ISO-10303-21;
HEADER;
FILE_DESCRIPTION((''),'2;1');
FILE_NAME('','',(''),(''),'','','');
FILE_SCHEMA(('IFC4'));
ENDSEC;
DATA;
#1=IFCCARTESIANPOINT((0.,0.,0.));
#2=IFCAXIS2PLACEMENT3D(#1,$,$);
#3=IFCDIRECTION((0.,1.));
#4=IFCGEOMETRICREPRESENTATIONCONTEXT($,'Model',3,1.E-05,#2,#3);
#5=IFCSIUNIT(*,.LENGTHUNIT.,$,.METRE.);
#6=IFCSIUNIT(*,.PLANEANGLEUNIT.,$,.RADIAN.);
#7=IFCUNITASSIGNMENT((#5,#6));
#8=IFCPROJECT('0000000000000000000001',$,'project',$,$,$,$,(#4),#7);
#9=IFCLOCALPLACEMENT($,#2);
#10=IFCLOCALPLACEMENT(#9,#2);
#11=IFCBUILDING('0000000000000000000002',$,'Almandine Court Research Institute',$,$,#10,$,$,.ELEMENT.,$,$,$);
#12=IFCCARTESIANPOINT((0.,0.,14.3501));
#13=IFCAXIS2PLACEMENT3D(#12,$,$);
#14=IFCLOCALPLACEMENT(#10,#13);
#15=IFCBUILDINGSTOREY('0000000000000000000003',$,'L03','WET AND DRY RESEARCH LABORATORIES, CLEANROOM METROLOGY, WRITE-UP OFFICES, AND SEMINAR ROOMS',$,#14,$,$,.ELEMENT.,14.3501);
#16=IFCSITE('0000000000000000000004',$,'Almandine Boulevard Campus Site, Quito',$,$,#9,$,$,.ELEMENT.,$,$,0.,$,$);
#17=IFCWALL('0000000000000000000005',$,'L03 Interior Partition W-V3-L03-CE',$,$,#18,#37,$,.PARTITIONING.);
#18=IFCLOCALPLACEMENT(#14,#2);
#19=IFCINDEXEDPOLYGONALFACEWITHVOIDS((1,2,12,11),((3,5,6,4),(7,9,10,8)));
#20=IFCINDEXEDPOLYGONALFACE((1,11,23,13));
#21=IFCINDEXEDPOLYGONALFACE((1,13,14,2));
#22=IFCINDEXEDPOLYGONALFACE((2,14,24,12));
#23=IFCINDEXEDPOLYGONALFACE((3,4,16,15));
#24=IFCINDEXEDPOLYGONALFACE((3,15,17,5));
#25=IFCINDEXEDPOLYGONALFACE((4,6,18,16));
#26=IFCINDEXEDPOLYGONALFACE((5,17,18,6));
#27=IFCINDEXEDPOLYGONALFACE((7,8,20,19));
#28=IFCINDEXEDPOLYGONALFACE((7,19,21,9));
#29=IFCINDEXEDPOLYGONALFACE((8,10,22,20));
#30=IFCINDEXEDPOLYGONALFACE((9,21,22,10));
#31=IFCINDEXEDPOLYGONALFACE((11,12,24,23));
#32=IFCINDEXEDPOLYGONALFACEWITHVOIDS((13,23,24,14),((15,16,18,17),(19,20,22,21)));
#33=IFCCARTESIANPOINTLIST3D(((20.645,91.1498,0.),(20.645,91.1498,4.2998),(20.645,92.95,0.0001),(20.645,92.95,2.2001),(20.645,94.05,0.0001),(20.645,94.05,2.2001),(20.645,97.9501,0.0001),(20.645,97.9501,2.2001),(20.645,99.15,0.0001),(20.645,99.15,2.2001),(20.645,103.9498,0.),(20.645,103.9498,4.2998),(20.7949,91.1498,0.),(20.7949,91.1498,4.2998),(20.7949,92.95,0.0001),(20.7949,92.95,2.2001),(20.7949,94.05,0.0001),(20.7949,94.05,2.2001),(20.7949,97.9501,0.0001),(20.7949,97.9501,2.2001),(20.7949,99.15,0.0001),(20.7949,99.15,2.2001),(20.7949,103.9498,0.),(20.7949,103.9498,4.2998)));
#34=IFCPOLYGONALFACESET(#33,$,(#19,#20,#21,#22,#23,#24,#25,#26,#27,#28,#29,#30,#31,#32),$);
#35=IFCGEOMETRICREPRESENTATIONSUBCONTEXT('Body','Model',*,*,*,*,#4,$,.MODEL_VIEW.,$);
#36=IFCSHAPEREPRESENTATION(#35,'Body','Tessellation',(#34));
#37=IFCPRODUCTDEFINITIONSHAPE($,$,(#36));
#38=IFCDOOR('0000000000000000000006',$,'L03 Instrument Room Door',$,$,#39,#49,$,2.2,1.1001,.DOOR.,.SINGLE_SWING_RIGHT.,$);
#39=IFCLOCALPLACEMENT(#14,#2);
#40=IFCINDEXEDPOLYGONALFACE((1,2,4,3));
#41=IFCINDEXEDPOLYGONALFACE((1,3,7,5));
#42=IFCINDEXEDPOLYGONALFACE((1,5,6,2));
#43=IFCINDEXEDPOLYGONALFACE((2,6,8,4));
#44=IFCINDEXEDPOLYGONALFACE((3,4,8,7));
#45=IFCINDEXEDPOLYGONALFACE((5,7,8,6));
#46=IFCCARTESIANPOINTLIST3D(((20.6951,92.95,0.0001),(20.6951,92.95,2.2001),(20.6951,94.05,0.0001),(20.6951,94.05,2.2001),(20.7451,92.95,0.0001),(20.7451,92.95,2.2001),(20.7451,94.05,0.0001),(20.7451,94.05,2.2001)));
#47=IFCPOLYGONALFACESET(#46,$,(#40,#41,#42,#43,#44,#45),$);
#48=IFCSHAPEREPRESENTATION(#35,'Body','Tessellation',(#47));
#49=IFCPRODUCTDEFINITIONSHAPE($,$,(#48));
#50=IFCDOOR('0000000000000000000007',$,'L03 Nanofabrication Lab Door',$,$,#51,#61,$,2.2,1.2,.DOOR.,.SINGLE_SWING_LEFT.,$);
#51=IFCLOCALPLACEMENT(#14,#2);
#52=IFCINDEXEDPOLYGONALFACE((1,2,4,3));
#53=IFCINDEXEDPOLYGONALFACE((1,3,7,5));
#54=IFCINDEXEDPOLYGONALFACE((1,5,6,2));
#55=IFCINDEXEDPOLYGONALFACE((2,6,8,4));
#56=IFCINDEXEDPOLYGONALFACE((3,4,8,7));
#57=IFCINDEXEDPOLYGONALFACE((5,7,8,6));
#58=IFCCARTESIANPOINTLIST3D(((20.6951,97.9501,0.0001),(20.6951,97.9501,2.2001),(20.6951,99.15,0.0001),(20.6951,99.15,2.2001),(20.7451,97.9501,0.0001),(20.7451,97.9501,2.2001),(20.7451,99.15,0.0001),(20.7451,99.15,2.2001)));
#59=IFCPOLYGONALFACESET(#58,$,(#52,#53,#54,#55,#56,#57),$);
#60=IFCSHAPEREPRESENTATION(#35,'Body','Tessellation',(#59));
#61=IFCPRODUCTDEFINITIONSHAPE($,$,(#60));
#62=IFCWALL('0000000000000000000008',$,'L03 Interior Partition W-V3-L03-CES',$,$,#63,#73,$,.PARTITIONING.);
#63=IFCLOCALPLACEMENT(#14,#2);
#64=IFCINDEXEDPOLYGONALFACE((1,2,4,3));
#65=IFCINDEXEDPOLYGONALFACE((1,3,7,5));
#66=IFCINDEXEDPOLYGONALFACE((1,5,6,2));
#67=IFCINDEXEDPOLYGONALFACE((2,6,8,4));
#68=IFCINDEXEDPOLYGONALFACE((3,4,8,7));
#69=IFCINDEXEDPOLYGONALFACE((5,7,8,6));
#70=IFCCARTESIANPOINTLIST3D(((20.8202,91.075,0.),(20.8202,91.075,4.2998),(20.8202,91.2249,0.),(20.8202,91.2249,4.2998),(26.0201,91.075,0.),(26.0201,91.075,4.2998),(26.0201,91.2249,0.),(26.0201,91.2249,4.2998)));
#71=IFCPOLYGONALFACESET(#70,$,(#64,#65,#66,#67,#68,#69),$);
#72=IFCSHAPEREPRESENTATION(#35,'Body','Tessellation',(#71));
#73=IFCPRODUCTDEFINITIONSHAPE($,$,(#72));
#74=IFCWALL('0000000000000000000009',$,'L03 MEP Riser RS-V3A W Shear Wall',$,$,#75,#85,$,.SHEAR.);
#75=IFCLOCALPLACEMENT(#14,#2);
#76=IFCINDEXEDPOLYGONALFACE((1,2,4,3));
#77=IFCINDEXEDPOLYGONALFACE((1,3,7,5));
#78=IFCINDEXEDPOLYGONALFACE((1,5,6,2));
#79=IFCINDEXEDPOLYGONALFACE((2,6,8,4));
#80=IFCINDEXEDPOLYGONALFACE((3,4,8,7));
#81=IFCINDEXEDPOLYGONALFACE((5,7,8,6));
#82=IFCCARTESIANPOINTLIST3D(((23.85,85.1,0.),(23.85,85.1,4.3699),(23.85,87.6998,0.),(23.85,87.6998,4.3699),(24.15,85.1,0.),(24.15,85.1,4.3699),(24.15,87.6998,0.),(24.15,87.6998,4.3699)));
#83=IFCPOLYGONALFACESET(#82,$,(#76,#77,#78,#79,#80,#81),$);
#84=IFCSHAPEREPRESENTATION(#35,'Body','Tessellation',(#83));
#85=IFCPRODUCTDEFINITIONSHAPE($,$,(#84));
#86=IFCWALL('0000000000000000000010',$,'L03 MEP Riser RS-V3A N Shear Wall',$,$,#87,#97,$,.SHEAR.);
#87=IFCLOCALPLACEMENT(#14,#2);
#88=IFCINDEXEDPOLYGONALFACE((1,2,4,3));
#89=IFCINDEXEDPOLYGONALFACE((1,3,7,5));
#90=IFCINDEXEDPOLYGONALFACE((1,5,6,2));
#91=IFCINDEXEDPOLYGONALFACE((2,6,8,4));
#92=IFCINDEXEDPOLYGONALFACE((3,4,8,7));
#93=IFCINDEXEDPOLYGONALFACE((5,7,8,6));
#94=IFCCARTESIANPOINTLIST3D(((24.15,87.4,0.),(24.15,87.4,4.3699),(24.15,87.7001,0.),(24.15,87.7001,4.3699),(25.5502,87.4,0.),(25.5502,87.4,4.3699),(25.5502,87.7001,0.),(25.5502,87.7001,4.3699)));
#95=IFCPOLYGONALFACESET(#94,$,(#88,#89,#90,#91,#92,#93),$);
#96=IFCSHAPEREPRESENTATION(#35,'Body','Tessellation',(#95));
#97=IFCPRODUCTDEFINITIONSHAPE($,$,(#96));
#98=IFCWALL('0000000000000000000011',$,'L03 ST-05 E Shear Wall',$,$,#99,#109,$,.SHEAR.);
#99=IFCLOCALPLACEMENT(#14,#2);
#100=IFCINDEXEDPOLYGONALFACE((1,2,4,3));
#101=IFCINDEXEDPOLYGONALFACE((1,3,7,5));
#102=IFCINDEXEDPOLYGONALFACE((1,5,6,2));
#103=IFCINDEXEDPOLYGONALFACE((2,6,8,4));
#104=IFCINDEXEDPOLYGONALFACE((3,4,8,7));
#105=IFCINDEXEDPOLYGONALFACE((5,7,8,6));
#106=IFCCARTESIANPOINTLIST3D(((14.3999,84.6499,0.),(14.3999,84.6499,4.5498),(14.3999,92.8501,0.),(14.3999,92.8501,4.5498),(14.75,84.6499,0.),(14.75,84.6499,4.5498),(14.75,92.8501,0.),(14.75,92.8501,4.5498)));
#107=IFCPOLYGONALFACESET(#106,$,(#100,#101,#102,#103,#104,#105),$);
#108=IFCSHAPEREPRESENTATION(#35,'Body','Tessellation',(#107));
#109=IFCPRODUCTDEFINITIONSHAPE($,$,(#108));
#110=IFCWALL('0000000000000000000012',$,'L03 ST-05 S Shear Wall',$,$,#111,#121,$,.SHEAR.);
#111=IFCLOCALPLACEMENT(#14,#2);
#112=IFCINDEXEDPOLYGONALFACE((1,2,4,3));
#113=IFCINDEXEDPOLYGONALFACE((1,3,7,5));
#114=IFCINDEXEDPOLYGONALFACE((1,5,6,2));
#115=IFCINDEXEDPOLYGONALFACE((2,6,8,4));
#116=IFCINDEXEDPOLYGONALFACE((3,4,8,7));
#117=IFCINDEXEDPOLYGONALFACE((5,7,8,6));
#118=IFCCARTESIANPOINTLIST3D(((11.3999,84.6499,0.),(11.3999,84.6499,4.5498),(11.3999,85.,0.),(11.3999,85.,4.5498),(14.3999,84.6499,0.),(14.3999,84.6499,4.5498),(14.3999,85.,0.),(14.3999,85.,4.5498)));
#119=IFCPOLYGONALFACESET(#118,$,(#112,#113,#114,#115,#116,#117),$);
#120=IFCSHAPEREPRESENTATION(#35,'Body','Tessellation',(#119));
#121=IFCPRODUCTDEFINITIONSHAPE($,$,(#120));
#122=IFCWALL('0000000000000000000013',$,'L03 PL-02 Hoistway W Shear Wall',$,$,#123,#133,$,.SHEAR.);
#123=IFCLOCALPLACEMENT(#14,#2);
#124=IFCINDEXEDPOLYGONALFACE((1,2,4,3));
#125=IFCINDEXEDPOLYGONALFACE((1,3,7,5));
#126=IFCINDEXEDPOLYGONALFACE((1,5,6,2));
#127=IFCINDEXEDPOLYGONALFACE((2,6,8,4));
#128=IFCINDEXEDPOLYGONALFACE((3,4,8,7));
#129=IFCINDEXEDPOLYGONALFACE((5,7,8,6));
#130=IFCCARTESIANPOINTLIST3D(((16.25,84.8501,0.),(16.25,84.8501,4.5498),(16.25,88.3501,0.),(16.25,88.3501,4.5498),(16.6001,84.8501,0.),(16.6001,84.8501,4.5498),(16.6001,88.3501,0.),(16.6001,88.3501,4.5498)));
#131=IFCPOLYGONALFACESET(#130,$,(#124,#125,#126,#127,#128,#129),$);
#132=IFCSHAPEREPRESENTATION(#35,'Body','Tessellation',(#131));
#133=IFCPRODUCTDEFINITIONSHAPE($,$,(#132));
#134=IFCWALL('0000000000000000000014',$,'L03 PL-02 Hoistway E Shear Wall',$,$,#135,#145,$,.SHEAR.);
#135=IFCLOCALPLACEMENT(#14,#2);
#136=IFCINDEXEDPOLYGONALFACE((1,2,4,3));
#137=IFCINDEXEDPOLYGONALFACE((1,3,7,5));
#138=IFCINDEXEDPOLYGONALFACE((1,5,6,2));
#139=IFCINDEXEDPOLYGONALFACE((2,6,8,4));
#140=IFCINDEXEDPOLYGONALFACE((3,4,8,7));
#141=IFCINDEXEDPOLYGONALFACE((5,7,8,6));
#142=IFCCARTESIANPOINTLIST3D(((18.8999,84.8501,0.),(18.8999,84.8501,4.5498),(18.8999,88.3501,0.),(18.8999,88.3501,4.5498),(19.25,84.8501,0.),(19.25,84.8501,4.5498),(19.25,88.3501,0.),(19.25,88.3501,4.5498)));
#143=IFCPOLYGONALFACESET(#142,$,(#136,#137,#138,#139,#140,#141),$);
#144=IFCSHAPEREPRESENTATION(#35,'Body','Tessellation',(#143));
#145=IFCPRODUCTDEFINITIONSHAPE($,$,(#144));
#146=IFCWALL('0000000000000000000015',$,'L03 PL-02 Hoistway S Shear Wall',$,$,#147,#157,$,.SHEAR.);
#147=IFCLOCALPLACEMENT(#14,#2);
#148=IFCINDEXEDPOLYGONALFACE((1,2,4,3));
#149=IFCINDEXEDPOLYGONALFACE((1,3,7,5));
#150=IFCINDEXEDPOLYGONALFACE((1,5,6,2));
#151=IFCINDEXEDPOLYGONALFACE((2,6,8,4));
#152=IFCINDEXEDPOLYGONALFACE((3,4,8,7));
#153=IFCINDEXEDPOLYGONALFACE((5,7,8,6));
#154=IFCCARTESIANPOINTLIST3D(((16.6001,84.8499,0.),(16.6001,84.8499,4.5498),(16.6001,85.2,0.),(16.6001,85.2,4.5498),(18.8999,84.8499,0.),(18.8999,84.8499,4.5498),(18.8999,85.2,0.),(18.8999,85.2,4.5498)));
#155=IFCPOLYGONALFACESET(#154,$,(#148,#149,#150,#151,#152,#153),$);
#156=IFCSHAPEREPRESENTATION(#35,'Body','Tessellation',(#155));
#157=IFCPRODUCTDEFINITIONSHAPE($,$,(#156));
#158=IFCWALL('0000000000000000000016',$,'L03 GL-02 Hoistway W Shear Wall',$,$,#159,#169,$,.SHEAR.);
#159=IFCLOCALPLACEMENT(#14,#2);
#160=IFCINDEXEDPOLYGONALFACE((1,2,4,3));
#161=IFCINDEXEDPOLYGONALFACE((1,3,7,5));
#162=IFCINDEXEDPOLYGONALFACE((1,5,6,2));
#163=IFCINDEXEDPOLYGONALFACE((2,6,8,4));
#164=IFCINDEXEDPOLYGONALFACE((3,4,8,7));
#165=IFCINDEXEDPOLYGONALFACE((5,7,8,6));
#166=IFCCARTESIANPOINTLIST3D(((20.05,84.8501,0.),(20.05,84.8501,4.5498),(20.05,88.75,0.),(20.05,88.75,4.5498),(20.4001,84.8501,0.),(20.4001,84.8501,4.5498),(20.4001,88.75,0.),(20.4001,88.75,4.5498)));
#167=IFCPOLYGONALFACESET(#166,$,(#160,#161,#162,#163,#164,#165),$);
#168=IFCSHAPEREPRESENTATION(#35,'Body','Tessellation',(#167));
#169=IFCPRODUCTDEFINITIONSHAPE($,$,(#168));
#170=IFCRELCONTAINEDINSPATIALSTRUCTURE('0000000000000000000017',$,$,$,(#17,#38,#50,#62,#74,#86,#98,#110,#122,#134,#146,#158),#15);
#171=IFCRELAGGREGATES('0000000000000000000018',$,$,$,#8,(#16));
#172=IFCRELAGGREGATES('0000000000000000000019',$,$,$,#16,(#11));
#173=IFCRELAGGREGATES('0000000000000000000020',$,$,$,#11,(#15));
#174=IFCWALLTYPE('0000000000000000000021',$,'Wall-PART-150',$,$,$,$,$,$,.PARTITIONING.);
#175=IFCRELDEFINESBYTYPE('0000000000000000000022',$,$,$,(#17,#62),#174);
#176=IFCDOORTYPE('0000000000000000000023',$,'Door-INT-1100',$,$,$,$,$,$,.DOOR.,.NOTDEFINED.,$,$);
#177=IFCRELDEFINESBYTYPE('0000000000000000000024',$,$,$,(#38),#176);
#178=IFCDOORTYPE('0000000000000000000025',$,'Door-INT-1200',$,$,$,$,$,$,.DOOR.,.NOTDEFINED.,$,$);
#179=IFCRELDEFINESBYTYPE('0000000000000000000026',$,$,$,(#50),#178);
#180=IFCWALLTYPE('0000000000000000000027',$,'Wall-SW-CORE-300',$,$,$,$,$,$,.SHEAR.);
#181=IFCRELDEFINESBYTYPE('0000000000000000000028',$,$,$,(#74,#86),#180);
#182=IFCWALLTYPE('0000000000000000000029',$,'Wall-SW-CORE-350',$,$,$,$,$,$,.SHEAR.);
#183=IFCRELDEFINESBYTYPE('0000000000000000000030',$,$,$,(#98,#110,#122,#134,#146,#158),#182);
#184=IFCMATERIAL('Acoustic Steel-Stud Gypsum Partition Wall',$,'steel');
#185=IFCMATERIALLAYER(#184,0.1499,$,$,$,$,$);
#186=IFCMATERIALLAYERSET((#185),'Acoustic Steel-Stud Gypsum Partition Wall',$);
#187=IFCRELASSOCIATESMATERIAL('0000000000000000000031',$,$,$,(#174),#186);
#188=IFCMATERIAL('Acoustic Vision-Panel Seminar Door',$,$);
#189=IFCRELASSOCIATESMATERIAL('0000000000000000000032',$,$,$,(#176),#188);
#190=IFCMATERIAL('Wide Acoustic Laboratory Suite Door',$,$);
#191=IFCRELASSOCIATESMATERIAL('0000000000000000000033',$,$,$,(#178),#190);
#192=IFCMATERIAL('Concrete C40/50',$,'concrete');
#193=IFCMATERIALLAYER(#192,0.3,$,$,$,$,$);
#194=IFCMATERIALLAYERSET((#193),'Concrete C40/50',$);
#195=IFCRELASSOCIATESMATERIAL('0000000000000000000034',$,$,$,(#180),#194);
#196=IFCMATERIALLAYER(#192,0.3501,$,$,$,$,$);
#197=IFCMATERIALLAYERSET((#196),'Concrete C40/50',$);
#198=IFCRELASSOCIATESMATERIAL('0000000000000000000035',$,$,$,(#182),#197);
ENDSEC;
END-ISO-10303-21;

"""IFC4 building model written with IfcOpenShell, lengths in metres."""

from ifc_helpers import new_model, si_unit, direction, frame, frame_2d, origin, place, context, subcontext, project, spatial, rectangle, extrude, material, layer, layer_set, type_object, element, fill, save


model = new_model("IFC4")

# Units and contexts
model_context = context("Model", 3, precision=1e-05, world=origin(), true_north=direction((0.0, 1.0)))
body_context = subcontext(model_context, "Body", "Model", "MODEL_VIEW")
ifc_project = project(units=[si_unit("LENGTHUNIT", "METRE"), si_unit("PLANEANGLEUNIT", "RADIAN")], contexts=[model_context])

# Site, building, storey
site_placement = place(None, origin())
site = spatial("IfcSite", under=ifc_project, at=site_placement, Name="Almandine Boulevard Campus Site, Quito", CompositionType="ELEMENT", RefElevation=0.0)
building_placement = place(site_placement, origin())
building = spatial("IfcBuilding", under=site, at=building_placement, Name="Almandine Court Research Institute", CompositionType="ELEMENT")
storey_placement = place(building_placement, frame((0.0, 0.0, 14.3501)))
storey = spatial("IfcBuildingStorey", under=building, at=storey_placement, Name="L03", Description="WET AND DRY RESEARCH LABORATORIES, CLEANROOM METROLOGY, WRITE-UP OFFICES, AND SEMINAR ROOMS", CompositionType="ELEMENT", Elevation=14.3501)

# Wall, openings, doors
ifc_material_1 = material(Name="Acoustic Steel-Stud Gypsum Partition Wall", Category="steel")
ifc_layer_1 = layer(ifc_material_1, 0.1499)
ifc_layer_set_1 = layer_set([ifc_layer_1], Name="Acoustic Steel-Stud Gypsum Partition Wall")
wall_type_1 = type_object("IfcWallType", Name="Wall-PART-150", PredefinedType="PARTITIONING", material=ifc_layer_set_1)
wall_1_placement = place(storey_placement, frame((20.72, 91.1499, 0.0), z_axis=(0.0, 0.0, 1.0), x_axis=(0.0, 1.0, 0.0)))
wall_1 = element("IfcWall", 1, at=wall_1_placement, inside=storey, type_object=wall_type_1, Name="L03 Interior Partition W-V3-L03-CE", PredefinedType="PARTITIONING", context=body_context, shape_type="SweptSolid", body=[
    extrude(rectangle(XDim=12.8, YDim=0.1499, at=frame_2d((6.3999, 0.0))), origin(), (0.0, 0.0, 1.0), 4.2998),
])
opening_1_placement = place(wall_1_placement, frame((1.8, 0.0, 0.0)))
opening_1 = element("IfcOpeningElement", 2, at=opening_1_placement, cuts=wall_1, PredefinedType="OPENING", context=body_context, shape_type="SweptSolid", body=[
    extrude(rectangle(XDim=1.1001, YDim=2.2, at=frame_2d((0.55, 1.1001))), frame((0.0, 0.085, 0.0), z_axis=(0.0, -1.0, 0.0), x_axis=(1.0, 0.0, 0.0)), (0.0, 0.0, 1.0), 0.1699),
])
opening_2_placement = place(wall_1_placement, frame((6.8, 0.0, 0.0)))
opening_2 = element("IfcOpeningElement", 3, at=opening_2_placement, cuts=wall_1, PredefinedType="OPENING", context=body_context, shape_type="SweptSolid", body=[
    extrude(rectangle(XDim=1.2, YDim=2.2, at=frame_2d((0.6001, 1.1001))), frame((0.0, 0.085, 0.0), z_axis=(0.0, -1.0, 0.0), x_axis=(1.0, 0.0, 0.0)), (0.0, 0.0, 1.0), 0.1699),
])
ifc_material_2 = material(Name="Acoustic Vision-Panel Seminar Door")
door_type_1 = type_object("IfcDoorType", Name="Door-INT-1100", OperationType="NOTDEFINED", PredefinedType="DOOR", material=ifc_material_2)
door_1_placement = place(opening_1_placement, origin())
door_1 = element("IfcDoor", 4, at=door_1_placement, inside=storey, type_object=door_type_1, Name="L03 Instrument Room Door", OperationType="SINGLE_SWING_RIGHT", OverallHeight=2.2, OverallWidth=1.1001, PredefinedType="DOOR", context=body_context, shape_type="SweptSolid", body=[
    extrude(rectangle(XDim=1.1001, YDim=2.2, at=frame_2d((0.55, 1.1001))), frame((0.0, 0.0249, 0.0), z_axis=(0.0, -1.0, 0.0), x_axis=(1.0, 0.0, 0.0)), (0.0, 0.0, 1.0), 0.05),
])
fill(opening_1, door_1)
ifc_material_3 = material(Name="Wide Acoustic Laboratory Suite Door")
door_type_2 = type_object("IfcDoorType", Name="Door-INT-1200", OperationType="NOTDEFINED", PredefinedType="DOOR", material=ifc_material_3)
door_2_placement = place(opening_2_placement, origin())
door_2 = element("IfcDoor", 5, at=door_2_placement, inside=storey, type_object=door_type_2, Name="L03 Nanofabrication Lab Door", OperationType="SINGLE_SWING_LEFT", OverallHeight=2.2, OverallWidth=1.2, PredefinedType="DOOR", context=body_context, shape_type="SweptSolid", body=[
    extrude(rectangle(XDim=1.2, YDim=2.2, at=frame_2d((0.6001, 1.1001))), frame((0.0, 0.0249, 0.0), z_axis=(0.0, -1.0, 0.0), x_axis=(1.0, 0.0, 0.0)), (0.0, 0.0, 1.0), 0.05),
])
fill(opening_2, door_2)

# Walls
wall_2_placement = place(storey_placement, frame((20.8201, 91.1499, 0.0), z_axis=(0.0, 0.0, 1.0), x_axis=(1.0, 0.0, 0.0)))
element("IfcWall", 6, at=wall_2_placement, inside=storey, type_object=wall_type_1, Name="L03 Interior Partition W-V3-L03-CES", PredefinedType="PARTITIONING", context=body_context, shape_type="SweptSolid", body=[
    extrude(rectangle(XDim=5.2, YDim=0.1499, at=frame_2d((2.6001, 0.0))), origin(), (0.0, 0.0, 1.0), 4.2998),
])
ifc_material_4 = material(Name="Concrete C40/50", Category="concrete")
ifc_layer_2 = layer(ifc_material_4, 0.3)
ifc_layer_set_2 = layer_set([ifc_layer_2], Name="Concrete C40/50")
wall_type_2 = type_object("IfcWallType", Name="Wall-SW-CORE-300", PredefinedType="SHEAR", material=ifc_layer_set_2)
wall_3_placement = place(storey_placement, frame((24.0, 85.1001, 0.0), z_axis=(0.0, 0.0, 1.0), x_axis=(0.0, 1.0, 0.0)))
element("IfcWall", 7, at=wall_3_placement, inside=storey, type_object=wall_type_2, Name="L03 MEP Riser RS-V3A W Shear Wall", PredefinedType="SHEAR", context=body_context, shape_type="SweptSolid", body=[
    extrude(rectangle(XDim=2.5999, YDim=0.3, at=frame_2d((1.2998, 0.0))), origin(), (0.0, 0.0, 1.0), 4.3699),
])
wall_4_placement = place(storey_placement, frame((24.1499, 87.55, 0.0), z_axis=(0.0, 0.0, 1.0), x_axis=(1.0, 0.0, 0.0)))
element("IfcWall", 8, at=wall_4_placement, inside=storey, type_object=wall_type_2, Name="L03 MEP Riser RS-V3A N Shear Wall", PredefinedType="SHEAR", context=body_context, shape_type="SweptSolid", body=[
    extrude(rectangle(XDim=1.4001, YDim=0.3, at=frame_2d((0.7002, 0.0))), origin(), (0.0, 0.0, 1.0), 4.3699),
])
ifc_layer_3 = layer(ifc_material_4, 0.3501)
ifc_layer_set_3 = layer_set([ifc_layer_3], Name="Concrete C40/50")
wall_type_3 = type_object("IfcWallType", Name="Wall-SW-CORE-350", PredefinedType="SHEAR", material=ifc_layer_set_3)
wall_5_placement = place(storey_placement, frame((14.575, 92.8501, 0.0), z_axis=(0.0, 0.0, 1.0), x_axis=(0.0, -1.0, 0.0)))
element("IfcWall", 9, at=wall_5_placement, inside=storey, type_object=wall_type_3, Name="L03 ST-05 E Shear Wall", PredefinedType="SHEAR", context=body_context, shape_type="SweptSolid", body=[
    extrude(rectangle(XDim=8.2002, YDim=0.3501, at=frame_2d((4.1001, 0.0))), origin(), (0.0, 0.0, 1.0), 4.5498),
])
wall_6_placement = place(storey_placement, frame((14.3999, 84.825, 0.0), z_axis=(0.0, 0.0, 1.0), x_axis=(-1.0, 0.0, 0.0)))
element("IfcWall", 10, at=wall_6_placement, inside=storey, type_object=wall_type_3, Name="L03 ST-05 S Shear Wall", PredefinedType="SHEAR", context=body_context, shape_type="SweptSolid", body=[
    extrude(rectangle(XDim=3.0, YDim=0.3501, at=frame_2d((1.5, 0.0))), origin(), (0.0, 0.0, 1.0), 4.5498),
])
wall_7_placement = place(storey_placement, frame((16.425, 84.8501, 0.0), z_axis=(0.0, 0.0, 1.0), x_axis=(0.0, 1.0, 0.0)))
element("IfcWall", 11, at=wall_7_placement, inside=storey, type_object=wall_type_3, Name="L03 PL-02 Hoistway W Shear Wall", PredefinedType="SHEAR", context=body_context, shape_type="SweptSolid", body=[
    extrude(rectangle(XDim=3.5, YDim=0.3501, at=frame_2d((1.75, 0.0))), origin(), (0.0, 0.0, 1.0), 4.5498),
])

# Walls
wall_8_placement = place(storey_placement, frame((19.075, 88.3501, 0.0), z_axis=(0.0, 0.0, 1.0), x_axis=(0.0, -1.0, 0.0)))
element("IfcWall", 12, at=wall_8_placement, inside=storey, type_object=wall_type_3, Name="L03 PL-02 Hoistway E Shear Wall", PredefinedType="SHEAR", context=body_context, shape_type="SweptSolid", body=[
    extrude(rectangle(XDim=3.5, YDim=0.3501, at=frame_2d((1.75, 0.0))), origin(), (0.0, 0.0, 1.0), 4.5498),
])
wall_9_placement = place(storey_placement, frame((18.8999, 85.0249, 0.0), z_axis=(0.0, 0.0, 1.0), x_axis=(-1.0, 0.0, 0.0)))
element("IfcWall", 13, at=wall_9_placement, inside=storey, type_object=wall_type_3, Name="L03 PL-02 Hoistway S Shear Wall", PredefinedType="SHEAR", context=body_context, shape_type="SweptSolid", body=[
    extrude(rectangle(XDim=2.2998, YDim=0.3501, at=frame_2d((1.1499, 0.0))), origin(), (0.0, 0.0, 1.0), 4.5498),
])
wall_10_placement = place(storey_placement, frame((20.2251, 84.8501, 0.0), z_axis=(0.0, 0.0, 1.0), x_axis=(0.0, 1.0, 0.0)))
element("IfcWall", 14, at=wall_10_placement, inside=storey, type_object=wall_type_3, Name="L03 GL-02 Hoistway W Shear Wall", PredefinedType="SHEAR", context=body_context, shape_type="SweptSolid", body=[
    extrude(rectangle(XDim=3.8999, YDim=0.3501, at=frame_2d((1.95, 0.0))), origin(), (0.0, 0.0, 1.0), 4.5498),
])

save(model, "model.ifc")
